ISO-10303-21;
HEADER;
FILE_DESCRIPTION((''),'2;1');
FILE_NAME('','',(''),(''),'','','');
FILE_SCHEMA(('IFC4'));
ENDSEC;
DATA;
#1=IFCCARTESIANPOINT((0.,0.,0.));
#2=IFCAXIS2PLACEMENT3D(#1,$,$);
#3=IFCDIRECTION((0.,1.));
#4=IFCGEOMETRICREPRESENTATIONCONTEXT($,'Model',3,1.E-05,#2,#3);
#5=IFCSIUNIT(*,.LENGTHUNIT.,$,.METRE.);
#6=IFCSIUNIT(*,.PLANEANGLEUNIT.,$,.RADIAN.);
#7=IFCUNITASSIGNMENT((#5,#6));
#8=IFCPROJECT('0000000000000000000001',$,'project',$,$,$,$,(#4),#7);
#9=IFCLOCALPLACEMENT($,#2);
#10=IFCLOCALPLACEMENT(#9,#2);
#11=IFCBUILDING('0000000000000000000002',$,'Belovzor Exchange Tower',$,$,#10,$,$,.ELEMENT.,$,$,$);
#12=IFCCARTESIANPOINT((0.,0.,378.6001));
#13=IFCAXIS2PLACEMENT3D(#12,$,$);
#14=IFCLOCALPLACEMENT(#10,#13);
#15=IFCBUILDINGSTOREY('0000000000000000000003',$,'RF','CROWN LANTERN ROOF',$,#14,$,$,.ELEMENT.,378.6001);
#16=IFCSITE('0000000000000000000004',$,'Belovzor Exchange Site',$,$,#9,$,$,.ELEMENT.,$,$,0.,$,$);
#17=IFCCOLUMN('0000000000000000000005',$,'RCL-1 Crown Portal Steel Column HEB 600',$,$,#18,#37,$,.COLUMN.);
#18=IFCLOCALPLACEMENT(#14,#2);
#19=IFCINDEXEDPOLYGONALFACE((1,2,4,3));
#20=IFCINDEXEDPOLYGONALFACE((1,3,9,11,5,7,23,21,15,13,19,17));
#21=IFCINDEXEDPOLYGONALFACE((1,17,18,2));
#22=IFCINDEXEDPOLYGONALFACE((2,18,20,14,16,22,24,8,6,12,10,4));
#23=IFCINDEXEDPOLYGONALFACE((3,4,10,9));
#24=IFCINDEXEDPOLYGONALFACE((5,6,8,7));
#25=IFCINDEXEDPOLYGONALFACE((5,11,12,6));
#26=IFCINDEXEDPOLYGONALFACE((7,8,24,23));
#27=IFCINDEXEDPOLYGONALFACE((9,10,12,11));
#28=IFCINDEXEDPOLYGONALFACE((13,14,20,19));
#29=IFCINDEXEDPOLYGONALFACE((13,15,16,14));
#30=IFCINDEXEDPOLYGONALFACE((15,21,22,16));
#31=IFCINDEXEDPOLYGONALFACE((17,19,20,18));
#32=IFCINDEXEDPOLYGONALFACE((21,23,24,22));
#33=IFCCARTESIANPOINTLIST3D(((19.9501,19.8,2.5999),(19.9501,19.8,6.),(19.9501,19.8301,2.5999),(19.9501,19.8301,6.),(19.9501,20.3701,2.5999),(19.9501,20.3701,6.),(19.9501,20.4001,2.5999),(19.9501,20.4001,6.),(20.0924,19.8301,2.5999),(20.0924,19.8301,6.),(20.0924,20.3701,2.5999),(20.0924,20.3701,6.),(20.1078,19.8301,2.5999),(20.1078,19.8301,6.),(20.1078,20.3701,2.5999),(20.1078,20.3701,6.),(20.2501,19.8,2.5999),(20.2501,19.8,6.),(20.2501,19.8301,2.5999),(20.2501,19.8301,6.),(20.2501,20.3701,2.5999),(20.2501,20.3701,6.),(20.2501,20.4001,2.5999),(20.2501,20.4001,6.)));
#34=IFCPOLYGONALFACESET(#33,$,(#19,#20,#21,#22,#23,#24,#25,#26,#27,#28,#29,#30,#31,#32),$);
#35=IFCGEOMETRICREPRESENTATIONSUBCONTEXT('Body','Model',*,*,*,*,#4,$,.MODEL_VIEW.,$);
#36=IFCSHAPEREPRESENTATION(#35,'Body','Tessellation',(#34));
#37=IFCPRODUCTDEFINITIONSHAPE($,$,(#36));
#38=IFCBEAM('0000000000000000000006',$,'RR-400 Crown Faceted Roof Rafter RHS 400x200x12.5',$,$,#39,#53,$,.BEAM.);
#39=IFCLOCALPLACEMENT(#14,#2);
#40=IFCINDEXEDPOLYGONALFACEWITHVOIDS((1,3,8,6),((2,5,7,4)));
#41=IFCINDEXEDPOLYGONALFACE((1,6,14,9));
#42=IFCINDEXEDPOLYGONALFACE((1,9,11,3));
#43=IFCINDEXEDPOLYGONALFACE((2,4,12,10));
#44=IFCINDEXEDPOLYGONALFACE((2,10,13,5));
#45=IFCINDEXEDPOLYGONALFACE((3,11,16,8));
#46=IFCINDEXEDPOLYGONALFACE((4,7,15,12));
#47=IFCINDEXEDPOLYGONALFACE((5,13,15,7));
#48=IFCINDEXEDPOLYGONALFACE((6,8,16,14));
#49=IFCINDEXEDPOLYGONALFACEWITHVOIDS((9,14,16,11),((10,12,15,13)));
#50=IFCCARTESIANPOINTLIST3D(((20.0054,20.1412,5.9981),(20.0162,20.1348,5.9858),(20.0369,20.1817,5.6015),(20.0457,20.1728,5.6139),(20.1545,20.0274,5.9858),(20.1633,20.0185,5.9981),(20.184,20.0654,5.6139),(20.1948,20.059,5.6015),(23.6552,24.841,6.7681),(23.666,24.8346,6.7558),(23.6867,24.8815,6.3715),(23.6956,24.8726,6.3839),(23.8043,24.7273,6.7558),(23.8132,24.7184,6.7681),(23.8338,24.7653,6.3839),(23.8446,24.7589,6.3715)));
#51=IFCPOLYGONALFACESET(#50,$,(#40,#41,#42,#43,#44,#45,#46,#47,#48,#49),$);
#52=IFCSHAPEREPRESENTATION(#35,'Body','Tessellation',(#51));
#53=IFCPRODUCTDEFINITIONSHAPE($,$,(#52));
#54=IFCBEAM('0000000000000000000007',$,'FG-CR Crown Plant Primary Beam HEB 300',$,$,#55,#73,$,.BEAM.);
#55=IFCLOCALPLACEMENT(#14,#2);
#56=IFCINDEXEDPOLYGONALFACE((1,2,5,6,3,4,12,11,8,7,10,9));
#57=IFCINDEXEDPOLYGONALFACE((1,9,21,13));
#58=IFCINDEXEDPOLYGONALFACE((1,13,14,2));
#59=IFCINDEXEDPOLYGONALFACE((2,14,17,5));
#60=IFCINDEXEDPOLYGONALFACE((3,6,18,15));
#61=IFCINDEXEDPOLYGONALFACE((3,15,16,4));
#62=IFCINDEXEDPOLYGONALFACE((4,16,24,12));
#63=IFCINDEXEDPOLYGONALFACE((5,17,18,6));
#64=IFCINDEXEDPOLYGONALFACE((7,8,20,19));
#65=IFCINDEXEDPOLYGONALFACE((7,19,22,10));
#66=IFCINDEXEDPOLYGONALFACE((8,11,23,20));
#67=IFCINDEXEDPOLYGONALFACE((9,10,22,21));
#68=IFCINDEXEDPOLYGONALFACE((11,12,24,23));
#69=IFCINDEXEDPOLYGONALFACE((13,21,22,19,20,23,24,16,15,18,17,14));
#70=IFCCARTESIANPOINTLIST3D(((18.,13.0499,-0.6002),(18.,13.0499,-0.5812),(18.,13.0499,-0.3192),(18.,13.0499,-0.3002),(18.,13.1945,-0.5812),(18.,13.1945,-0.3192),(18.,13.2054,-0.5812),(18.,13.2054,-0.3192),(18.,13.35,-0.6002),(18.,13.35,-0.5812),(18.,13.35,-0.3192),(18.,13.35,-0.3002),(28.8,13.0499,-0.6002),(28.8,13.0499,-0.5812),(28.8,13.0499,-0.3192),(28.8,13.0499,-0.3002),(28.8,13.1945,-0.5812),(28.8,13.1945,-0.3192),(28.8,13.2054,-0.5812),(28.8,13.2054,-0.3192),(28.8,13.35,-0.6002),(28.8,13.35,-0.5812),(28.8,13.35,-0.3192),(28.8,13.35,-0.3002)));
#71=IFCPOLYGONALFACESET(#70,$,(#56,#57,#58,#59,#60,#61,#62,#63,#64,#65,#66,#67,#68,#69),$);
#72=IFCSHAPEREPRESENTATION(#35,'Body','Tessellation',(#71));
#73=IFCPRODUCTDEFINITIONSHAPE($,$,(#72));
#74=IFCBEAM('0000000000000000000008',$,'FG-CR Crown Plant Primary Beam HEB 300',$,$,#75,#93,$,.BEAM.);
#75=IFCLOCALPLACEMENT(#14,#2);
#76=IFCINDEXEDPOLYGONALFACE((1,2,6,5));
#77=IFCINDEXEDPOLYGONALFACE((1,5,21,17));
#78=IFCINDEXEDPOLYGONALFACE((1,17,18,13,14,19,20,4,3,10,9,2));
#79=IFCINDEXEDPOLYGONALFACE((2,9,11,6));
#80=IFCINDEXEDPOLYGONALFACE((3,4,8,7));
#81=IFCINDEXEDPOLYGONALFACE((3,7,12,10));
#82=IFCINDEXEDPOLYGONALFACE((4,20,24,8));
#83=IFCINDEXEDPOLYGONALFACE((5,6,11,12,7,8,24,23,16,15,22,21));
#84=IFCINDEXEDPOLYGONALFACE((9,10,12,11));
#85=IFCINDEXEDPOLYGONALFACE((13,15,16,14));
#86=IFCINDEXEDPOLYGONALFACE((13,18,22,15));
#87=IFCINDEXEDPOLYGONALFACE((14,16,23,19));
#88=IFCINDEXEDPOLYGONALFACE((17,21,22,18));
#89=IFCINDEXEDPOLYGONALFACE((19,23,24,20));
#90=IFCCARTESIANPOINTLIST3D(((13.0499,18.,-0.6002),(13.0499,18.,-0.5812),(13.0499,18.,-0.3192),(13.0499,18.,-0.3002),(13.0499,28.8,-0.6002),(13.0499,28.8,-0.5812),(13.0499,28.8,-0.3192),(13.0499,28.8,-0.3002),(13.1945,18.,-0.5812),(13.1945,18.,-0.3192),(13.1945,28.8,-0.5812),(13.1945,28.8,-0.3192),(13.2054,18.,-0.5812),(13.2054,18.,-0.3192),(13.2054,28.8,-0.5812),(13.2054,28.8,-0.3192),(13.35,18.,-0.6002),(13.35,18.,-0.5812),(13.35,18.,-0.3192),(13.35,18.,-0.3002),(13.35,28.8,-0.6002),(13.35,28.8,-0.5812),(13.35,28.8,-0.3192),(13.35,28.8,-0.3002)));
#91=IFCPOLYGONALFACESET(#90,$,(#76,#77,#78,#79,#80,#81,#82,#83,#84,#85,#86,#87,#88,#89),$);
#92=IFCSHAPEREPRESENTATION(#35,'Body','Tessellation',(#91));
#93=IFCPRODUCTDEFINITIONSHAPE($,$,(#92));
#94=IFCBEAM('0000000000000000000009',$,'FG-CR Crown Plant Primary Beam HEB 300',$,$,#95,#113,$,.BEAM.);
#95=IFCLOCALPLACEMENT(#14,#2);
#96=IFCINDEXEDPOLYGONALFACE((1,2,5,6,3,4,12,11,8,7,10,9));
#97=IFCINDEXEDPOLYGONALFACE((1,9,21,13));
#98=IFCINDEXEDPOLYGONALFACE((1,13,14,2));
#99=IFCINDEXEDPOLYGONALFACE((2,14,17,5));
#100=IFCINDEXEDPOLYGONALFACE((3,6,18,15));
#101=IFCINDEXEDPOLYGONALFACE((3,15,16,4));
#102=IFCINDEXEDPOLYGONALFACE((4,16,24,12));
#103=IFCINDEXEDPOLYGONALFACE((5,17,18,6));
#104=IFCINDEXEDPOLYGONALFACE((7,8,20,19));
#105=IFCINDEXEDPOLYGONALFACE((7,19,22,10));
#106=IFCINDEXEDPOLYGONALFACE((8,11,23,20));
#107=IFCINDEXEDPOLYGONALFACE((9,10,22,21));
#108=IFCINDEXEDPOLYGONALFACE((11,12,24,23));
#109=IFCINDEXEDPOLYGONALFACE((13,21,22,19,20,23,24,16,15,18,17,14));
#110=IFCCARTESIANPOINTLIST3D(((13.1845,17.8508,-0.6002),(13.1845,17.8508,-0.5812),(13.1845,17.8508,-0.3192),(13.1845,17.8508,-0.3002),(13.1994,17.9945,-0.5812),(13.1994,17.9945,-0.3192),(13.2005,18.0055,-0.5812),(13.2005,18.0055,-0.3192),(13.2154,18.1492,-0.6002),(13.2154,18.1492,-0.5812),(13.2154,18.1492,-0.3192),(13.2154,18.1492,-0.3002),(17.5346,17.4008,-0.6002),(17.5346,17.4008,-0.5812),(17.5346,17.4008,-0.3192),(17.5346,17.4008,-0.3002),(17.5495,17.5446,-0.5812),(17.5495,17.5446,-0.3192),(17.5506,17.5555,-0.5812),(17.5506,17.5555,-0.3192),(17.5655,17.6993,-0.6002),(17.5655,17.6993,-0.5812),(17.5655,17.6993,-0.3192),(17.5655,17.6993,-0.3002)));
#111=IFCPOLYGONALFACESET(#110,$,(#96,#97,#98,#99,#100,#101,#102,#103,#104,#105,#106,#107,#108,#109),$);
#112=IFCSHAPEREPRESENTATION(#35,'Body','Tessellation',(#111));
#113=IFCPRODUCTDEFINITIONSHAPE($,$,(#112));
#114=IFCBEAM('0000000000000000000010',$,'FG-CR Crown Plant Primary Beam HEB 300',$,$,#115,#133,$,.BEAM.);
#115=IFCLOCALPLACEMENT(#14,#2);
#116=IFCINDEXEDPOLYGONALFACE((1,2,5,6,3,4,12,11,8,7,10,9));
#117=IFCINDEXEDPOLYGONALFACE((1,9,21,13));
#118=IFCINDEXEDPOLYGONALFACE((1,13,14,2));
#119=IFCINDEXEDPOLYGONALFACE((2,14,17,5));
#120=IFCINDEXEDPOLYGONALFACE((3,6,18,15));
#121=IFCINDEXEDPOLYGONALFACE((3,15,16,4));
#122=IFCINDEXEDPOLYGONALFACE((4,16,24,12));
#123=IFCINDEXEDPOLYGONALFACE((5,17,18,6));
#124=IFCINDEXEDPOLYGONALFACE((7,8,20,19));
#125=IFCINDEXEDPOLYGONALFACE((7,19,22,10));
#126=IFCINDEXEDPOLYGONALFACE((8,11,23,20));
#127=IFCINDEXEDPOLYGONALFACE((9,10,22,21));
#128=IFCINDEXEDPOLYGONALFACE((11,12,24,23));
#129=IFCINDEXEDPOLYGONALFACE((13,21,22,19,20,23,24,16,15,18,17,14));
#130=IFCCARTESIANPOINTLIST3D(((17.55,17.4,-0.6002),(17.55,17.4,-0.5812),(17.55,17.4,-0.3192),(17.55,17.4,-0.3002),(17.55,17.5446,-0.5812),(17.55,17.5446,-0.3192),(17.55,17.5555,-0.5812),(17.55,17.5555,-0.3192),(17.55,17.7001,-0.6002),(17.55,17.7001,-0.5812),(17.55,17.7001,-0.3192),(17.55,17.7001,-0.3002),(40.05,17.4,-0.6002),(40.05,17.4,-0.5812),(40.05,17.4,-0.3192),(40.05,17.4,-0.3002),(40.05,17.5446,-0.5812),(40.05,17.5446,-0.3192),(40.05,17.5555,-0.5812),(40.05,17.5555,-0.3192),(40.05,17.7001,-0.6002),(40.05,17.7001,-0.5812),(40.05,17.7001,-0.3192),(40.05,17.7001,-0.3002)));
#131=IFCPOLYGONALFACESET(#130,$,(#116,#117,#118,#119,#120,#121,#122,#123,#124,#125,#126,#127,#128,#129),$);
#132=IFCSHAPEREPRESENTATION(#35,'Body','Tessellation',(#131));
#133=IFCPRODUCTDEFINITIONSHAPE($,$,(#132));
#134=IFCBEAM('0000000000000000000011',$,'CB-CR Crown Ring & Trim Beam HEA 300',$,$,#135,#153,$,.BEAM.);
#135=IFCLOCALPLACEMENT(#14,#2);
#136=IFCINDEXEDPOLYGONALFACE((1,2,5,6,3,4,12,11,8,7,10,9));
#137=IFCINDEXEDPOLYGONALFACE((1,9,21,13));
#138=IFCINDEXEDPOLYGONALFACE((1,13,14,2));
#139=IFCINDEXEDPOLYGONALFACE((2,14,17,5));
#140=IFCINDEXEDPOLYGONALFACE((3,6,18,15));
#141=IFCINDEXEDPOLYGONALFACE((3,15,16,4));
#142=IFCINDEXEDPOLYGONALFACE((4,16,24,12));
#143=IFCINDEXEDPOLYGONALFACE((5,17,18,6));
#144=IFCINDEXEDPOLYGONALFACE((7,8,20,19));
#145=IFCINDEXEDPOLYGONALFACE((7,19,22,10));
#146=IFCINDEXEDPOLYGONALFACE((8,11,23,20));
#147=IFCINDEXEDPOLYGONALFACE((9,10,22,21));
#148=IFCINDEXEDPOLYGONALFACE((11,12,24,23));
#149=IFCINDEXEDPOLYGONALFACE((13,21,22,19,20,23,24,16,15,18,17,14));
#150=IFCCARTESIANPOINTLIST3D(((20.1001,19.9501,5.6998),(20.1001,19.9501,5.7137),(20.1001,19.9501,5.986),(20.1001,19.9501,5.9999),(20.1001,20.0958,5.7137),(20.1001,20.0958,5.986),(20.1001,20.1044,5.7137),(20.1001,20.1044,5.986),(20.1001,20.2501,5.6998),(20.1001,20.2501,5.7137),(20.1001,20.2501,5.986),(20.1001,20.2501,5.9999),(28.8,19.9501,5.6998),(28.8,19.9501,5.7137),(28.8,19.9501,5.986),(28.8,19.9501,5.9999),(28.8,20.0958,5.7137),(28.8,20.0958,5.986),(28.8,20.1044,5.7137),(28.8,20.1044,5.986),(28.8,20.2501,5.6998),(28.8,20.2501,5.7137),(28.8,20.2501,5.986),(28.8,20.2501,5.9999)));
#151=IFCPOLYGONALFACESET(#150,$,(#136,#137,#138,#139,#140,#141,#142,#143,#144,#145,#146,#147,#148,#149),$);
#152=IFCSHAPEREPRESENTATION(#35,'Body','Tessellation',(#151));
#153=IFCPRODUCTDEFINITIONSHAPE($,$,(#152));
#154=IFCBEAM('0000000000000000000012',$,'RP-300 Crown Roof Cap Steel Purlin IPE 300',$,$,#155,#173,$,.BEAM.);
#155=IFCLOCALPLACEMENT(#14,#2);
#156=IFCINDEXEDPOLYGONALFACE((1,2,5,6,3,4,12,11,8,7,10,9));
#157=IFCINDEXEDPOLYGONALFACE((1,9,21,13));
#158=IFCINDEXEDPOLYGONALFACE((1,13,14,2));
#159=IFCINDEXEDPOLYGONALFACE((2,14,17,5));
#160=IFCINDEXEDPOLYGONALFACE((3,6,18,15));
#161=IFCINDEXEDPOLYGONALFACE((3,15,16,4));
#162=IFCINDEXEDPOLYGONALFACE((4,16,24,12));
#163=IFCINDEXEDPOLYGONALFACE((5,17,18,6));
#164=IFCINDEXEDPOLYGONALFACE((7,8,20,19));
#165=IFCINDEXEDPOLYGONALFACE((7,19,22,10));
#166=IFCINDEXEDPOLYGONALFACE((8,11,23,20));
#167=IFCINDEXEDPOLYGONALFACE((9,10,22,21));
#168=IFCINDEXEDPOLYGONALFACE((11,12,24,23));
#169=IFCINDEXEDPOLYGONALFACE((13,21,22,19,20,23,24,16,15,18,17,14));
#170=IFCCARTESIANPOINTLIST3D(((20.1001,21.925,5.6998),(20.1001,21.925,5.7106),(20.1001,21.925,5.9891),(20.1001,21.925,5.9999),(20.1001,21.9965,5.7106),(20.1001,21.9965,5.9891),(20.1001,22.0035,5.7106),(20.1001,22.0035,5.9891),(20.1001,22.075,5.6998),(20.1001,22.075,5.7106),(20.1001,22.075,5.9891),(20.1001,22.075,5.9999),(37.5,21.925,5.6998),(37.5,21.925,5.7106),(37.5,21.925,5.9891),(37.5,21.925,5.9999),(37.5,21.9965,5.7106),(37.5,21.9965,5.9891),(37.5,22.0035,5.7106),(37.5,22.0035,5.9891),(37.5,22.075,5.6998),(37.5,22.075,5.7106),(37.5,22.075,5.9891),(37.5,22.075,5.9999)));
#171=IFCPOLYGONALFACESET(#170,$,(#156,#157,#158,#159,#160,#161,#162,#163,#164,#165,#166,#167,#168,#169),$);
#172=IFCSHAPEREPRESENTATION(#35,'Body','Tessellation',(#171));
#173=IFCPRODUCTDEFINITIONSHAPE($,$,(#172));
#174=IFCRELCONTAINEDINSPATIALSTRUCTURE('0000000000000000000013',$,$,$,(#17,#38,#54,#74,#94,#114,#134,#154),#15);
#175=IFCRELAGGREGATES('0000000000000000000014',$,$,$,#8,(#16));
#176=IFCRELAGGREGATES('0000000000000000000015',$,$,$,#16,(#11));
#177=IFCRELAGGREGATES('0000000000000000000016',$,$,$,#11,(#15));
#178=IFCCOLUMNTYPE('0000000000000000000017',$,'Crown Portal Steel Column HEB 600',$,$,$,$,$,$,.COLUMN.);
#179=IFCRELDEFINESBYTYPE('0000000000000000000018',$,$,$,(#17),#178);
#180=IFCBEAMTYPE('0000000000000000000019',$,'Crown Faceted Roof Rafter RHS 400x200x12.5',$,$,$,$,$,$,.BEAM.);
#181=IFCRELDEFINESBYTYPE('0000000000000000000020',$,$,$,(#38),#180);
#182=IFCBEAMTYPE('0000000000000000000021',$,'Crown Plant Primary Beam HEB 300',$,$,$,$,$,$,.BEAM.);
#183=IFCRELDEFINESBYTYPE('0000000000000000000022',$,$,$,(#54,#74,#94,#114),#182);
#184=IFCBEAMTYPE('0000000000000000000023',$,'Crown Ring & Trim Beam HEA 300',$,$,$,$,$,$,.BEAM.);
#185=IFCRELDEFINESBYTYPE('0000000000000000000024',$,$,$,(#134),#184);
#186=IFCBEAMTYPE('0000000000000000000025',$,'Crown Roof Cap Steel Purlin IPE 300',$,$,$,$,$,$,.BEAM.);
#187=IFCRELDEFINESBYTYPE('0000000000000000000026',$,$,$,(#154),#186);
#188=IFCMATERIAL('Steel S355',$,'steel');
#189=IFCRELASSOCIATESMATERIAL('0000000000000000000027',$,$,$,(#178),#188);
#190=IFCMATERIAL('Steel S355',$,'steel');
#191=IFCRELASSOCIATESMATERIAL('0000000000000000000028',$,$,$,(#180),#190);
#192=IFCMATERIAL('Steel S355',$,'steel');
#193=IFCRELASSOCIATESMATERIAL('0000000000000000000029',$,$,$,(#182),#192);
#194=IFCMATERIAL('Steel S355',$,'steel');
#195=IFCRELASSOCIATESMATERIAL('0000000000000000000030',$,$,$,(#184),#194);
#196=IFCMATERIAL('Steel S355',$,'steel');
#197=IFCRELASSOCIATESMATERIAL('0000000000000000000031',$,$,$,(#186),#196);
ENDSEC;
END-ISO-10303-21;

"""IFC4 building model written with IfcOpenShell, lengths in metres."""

from ifc_helpers import new_model, si_unit, direction, frame, origin, origin_2d, place, context, subcontext, project, spatial, hollow_rectangle, i_section, extrude, material, material_profile, profile_set, type_object, element, save


model = new_model("IFC4")

# Units and contexts
model_context = context("Model", 3, precision=1e-05, world=origin(), true_north=direction((0.0, 1.0)))
body_context = subcontext(model_context, "Body", "Model", "MODEL_VIEW")
ifc_project = project(units=[si_unit("LENGTHUNIT", "METRE"), si_unit("PLANEANGLEUNIT", "RADIAN")], contexts=[model_context])

# Site, building, storey
site_placement = place(None, origin())
site = spatial("IfcSite", under=ifc_project, at=site_placement, Name="Belovzor Exchange Site", CompositionType="ELEMENT", RefElevation=0.0)
building_placement = place(site_placement, origin())
building = spatial("IfcBuilding", under=site, at=building_placement, Name="Belovzor Exchange Tower", CompositionType="ELEMENT")
storey_placement = place(building_placement, frame((0.0, 0.0, 378.6001)))
storey = spatial("IfcBuildingStorey", under=building, at=storey_placement, Name="RF", Description="CROWN LANTERN ROOF", CompositionType="ELEMENT", Elevation=378.6001)

# Column
ifc_material_1 = material(Name="Steel S355", Category="steel")
ifc_material_profile_1 = material_profile(ifc_material_1, i_section(OverallWidth=0.3, OverallDepth=0.6001, WebThickness=0.0154, FlangeThickness=0.03, at=origin_2d()))
ifc_profile_set_1 = profile_set([ifc_material_profile_1], Name="Steel S355")
column_type = type_object("IfcColumnType", Name="Crown Portal Steel Column HEB 600", PredefinedType="COLUMN", material=ifc_profile_set_1)
column_placement = place(storey_placement, frame((20.1001, 20.1001, 2.5999), z_axis=(0.0, 0.0, 1.0), x_axis=(1.0, 0.0, 0.0)))
element("IfcColumn", 1, at=column_placement, inside=storey, type_object=column_type, Name="RCL-1 Crown Portal Steel Column HEB 600", PredefinedType="COLUMN", context=body_context, shape_type="SweptSolid", body=[
    extrude(i_section(OverallWidth=0.3, OverallDepth=0.6001, WebThickness=0.0154, FlangeThickness=0.03, at=origin_2d()), origin(), (0.0, 0.0, 1.0), 3.4001),
])

# Beams
ifc_material_2 = material(Name="Steel S355", Category="steel")
ifc_material_profile_2 = material_profile(ifc_material_2, hollow_rectangle(XDim=0.2, YDim=0.3999, WallThickness=0.0125, at=origin_2d()))
ifc_profile_set_2 = profile_set([ifc_material_profile_2], Name="Steel S355")
beam_type_1 = type_object("IfcBeamType", Name="Crown Faceted Roof Rafter RHS 400x200x12.5", PredefinedType="BEAM", material=ifc_profile_set_2)
beam_1_placement = place(storey_placement, frame((20.1001, 20.1001, 5.7998), z_axis=(0.608281, 0.783279, 0.128329), x_axis=(-0.789809, 0.613352, 0.0)))
element("IfcBeam", 2, at=beam_1_placement, inside=storey, type_object=beam_type_1, Name="RR-400 Crown Faceted Roof Rafter RHS 400x200x12.5", PredefinedType="BEAM", context=body_context, shape_type="SweptSolid", body=[
    extrude(hollow_rectangle(XDim=0.2, YDim=0.3999, WallThickness=0.0125, at=origin_2d()), origin(), (0.0, 0.0, 1.0), 6.0002),
])
ifc_material_3 = material(Name="Steel S355", Category="steel")
ifc_material_profile_3 = material_profile(ifc_material_3, i_section(OverallWidth=0.3, OverallDepth=0.3, WebThickness=0.011, FlangeThickness=0.019, at=origin_2d()))
ifc_profile_set_3 = profile_set([ifc_material_profile_3], Name="Steel S355")
beam_type_2 = type_object("IfcBeamType", Name="Crown Plant Primary Beam HEB 300", PredefinedType="BEAM", material=ifc_profile_set_3)
for number, where, z_axis, x_axis, name in (
    (3, (18.0, 13.2, -0.4502), (1.0, 0.0, 0.0), (0.0, 1.0, 0.0), "FG-CR Crown Plant Primary Beam HEB 300"),
    (4, (13.2, 28.8, -0.4502), (0.0, -1.0, 0.0), (1.0, 0.0, 0.0), "FG-CR Crown Plant Primary Beam HEB 300"),
):
    element("IfcBeam", number, at=place(storey_placement, frame(where, z_axis=z_axis, x_axis=x_axis)), inside=storey, type_object=beam_type_2, Name=name, PredefinedType="BEAM", context=body_context, shape_type="SweptSolid", body=[
        extrude(i_section(OverallWidth=0.3, OverallDepth=0.3, WebThickness=0.011, FlangeThickness=0.019, at=origin_2d()), origin(), (0.0, 0.0, 1.0), 10.8),
    ])
beam_2_placement = place(storey_placement, frame((13.2, 18.0, -0.4502), z_axis=(0.994693, -0.102886, 0.0), x_axis=(0.102886, 0.994693, 0.0)))
element("IfcBeam", 5, at=beam_2_placement, inside=storey, type_object=beam_type_2, Name="FG-CR Crown Plant Primary Beam HEB 300", PredefinedType="BEAM", context=body_context, shape_type="SweptSolid", body=[
    extrude(i_section(OverallWidth=0.3, OverallDepth=0.3, WebThickness=0.011, FlangeThickness=0.019, at=origin_2d()), origin(), (0.0, 0.0, 1.0), 4.3733),
])
beam_3_placement = place(storey_placement, frame((17.55, 17.55, -0.4502), z_axis=(1.0, 0.0, 0.0), x_axis=(0.0, 1.0, 0.0)))
element("IfcBeam", 6, at=beam_3_placement, inside=storey, type_object=beam_type_2, Name="FG-CR Crown Plant Primary Beam HEB 300", PredefinedType="BEAM", context=body_context, shape_type="SweptSolid", body=[
    extrude(i_section(OverallWidth=0.3, OverallDepth=0.3, WebThickness=0.011, FlangeThickness=0.019, at=origin_2d()), origin(), (0.0, 0.0, 1.0), 22.5),
])
ifc_material_4 = material(Name="Steel S355", Category="steel")
ifc_material_profile_4 = material_profile(ifc_material_4, i_section(OverallWidth=0.3, OverallDepth=0.3, WebThickness=0.0085, FlangeThickness=0.0139, at=origin_2d()))
ifc_profile_set_4 = profile_set([ifc_material_profile_4], Name="Steel S355")
beam_type_3 = type_object("IfcBeamType", Name="Crown Ring & Trim Beam HEA 300", PredefinedType="BEAM", material=ifc_profile_set_4)
beam_4_placement = place(storey_placement, frame((20.1001, 20.1001, 5.8499), z_axis=(1.0, 0.0, 0.0), x_axis=(0.0, 1.0, 0.0)))
element("IfcBeam", 7, at=beam_4_placement, inside=storey, type_object=beam_type_3, Name="CB-CR Crown Ring & Trim Beam HEA 300", PredefinedType="BEAM", context=body_context, shape_type="SweptSolid", body=[
    extrude(i_section(OverallWidth=0.3, OverallDepth=0.3, WebThickness=0.0085, FlangeThickness=0.0139, at=origin_2d()), origin(), (0.0, 0.0, 1.0), 8.7),
])
ifc_material_5 = material(Name="Steel S355", Category="steel")
ifc_material_profile_5 = material_profile(ifc_material_5, i_section(OverallWidth=0.1499, OverallDepth=0.3, WebThickness=0.0071, FlangeThickness=0.0107, at=origin_2d()))
ifc_profile_set_5 = profile_set([ifc_material_profile_5], Name="Steel S355")
beam_type_4 = type_object("IfcBeamType", Name="Crown Roof Cap Steel Purlin IPE 300", PredefinedType="BEAM", material=ifc_profile_set_5)
for number, where, z_axis, x_axis, name in (
    (8, (20.1001, 22.0, 5.8499), (1.0, 0.0, 0.0), (0.0, 1.0, 0.0), "RP-300 Crown Roof Cap Steel Purlin IPE 300"),
):
    element("IfcBeam", number, at=place(storey_placement, frame(where, z_axis=z_axis, x_axis=x_axis)), inside=storey, type_object=beam_type_4, Name=name, PredefinedType="BEAM", context=body_context, shape_type="SweptSolid", body=[
        extrude(i_section(OverallWidth=0.1499, OverallDepth=0.3, WebThickness=0.0071, FlangeThickness=0.0107, at=origin_2d()), origin(), (0.0, 0.0, 1.0), 17.3999),
    ])

save(model, "model.ifc")
